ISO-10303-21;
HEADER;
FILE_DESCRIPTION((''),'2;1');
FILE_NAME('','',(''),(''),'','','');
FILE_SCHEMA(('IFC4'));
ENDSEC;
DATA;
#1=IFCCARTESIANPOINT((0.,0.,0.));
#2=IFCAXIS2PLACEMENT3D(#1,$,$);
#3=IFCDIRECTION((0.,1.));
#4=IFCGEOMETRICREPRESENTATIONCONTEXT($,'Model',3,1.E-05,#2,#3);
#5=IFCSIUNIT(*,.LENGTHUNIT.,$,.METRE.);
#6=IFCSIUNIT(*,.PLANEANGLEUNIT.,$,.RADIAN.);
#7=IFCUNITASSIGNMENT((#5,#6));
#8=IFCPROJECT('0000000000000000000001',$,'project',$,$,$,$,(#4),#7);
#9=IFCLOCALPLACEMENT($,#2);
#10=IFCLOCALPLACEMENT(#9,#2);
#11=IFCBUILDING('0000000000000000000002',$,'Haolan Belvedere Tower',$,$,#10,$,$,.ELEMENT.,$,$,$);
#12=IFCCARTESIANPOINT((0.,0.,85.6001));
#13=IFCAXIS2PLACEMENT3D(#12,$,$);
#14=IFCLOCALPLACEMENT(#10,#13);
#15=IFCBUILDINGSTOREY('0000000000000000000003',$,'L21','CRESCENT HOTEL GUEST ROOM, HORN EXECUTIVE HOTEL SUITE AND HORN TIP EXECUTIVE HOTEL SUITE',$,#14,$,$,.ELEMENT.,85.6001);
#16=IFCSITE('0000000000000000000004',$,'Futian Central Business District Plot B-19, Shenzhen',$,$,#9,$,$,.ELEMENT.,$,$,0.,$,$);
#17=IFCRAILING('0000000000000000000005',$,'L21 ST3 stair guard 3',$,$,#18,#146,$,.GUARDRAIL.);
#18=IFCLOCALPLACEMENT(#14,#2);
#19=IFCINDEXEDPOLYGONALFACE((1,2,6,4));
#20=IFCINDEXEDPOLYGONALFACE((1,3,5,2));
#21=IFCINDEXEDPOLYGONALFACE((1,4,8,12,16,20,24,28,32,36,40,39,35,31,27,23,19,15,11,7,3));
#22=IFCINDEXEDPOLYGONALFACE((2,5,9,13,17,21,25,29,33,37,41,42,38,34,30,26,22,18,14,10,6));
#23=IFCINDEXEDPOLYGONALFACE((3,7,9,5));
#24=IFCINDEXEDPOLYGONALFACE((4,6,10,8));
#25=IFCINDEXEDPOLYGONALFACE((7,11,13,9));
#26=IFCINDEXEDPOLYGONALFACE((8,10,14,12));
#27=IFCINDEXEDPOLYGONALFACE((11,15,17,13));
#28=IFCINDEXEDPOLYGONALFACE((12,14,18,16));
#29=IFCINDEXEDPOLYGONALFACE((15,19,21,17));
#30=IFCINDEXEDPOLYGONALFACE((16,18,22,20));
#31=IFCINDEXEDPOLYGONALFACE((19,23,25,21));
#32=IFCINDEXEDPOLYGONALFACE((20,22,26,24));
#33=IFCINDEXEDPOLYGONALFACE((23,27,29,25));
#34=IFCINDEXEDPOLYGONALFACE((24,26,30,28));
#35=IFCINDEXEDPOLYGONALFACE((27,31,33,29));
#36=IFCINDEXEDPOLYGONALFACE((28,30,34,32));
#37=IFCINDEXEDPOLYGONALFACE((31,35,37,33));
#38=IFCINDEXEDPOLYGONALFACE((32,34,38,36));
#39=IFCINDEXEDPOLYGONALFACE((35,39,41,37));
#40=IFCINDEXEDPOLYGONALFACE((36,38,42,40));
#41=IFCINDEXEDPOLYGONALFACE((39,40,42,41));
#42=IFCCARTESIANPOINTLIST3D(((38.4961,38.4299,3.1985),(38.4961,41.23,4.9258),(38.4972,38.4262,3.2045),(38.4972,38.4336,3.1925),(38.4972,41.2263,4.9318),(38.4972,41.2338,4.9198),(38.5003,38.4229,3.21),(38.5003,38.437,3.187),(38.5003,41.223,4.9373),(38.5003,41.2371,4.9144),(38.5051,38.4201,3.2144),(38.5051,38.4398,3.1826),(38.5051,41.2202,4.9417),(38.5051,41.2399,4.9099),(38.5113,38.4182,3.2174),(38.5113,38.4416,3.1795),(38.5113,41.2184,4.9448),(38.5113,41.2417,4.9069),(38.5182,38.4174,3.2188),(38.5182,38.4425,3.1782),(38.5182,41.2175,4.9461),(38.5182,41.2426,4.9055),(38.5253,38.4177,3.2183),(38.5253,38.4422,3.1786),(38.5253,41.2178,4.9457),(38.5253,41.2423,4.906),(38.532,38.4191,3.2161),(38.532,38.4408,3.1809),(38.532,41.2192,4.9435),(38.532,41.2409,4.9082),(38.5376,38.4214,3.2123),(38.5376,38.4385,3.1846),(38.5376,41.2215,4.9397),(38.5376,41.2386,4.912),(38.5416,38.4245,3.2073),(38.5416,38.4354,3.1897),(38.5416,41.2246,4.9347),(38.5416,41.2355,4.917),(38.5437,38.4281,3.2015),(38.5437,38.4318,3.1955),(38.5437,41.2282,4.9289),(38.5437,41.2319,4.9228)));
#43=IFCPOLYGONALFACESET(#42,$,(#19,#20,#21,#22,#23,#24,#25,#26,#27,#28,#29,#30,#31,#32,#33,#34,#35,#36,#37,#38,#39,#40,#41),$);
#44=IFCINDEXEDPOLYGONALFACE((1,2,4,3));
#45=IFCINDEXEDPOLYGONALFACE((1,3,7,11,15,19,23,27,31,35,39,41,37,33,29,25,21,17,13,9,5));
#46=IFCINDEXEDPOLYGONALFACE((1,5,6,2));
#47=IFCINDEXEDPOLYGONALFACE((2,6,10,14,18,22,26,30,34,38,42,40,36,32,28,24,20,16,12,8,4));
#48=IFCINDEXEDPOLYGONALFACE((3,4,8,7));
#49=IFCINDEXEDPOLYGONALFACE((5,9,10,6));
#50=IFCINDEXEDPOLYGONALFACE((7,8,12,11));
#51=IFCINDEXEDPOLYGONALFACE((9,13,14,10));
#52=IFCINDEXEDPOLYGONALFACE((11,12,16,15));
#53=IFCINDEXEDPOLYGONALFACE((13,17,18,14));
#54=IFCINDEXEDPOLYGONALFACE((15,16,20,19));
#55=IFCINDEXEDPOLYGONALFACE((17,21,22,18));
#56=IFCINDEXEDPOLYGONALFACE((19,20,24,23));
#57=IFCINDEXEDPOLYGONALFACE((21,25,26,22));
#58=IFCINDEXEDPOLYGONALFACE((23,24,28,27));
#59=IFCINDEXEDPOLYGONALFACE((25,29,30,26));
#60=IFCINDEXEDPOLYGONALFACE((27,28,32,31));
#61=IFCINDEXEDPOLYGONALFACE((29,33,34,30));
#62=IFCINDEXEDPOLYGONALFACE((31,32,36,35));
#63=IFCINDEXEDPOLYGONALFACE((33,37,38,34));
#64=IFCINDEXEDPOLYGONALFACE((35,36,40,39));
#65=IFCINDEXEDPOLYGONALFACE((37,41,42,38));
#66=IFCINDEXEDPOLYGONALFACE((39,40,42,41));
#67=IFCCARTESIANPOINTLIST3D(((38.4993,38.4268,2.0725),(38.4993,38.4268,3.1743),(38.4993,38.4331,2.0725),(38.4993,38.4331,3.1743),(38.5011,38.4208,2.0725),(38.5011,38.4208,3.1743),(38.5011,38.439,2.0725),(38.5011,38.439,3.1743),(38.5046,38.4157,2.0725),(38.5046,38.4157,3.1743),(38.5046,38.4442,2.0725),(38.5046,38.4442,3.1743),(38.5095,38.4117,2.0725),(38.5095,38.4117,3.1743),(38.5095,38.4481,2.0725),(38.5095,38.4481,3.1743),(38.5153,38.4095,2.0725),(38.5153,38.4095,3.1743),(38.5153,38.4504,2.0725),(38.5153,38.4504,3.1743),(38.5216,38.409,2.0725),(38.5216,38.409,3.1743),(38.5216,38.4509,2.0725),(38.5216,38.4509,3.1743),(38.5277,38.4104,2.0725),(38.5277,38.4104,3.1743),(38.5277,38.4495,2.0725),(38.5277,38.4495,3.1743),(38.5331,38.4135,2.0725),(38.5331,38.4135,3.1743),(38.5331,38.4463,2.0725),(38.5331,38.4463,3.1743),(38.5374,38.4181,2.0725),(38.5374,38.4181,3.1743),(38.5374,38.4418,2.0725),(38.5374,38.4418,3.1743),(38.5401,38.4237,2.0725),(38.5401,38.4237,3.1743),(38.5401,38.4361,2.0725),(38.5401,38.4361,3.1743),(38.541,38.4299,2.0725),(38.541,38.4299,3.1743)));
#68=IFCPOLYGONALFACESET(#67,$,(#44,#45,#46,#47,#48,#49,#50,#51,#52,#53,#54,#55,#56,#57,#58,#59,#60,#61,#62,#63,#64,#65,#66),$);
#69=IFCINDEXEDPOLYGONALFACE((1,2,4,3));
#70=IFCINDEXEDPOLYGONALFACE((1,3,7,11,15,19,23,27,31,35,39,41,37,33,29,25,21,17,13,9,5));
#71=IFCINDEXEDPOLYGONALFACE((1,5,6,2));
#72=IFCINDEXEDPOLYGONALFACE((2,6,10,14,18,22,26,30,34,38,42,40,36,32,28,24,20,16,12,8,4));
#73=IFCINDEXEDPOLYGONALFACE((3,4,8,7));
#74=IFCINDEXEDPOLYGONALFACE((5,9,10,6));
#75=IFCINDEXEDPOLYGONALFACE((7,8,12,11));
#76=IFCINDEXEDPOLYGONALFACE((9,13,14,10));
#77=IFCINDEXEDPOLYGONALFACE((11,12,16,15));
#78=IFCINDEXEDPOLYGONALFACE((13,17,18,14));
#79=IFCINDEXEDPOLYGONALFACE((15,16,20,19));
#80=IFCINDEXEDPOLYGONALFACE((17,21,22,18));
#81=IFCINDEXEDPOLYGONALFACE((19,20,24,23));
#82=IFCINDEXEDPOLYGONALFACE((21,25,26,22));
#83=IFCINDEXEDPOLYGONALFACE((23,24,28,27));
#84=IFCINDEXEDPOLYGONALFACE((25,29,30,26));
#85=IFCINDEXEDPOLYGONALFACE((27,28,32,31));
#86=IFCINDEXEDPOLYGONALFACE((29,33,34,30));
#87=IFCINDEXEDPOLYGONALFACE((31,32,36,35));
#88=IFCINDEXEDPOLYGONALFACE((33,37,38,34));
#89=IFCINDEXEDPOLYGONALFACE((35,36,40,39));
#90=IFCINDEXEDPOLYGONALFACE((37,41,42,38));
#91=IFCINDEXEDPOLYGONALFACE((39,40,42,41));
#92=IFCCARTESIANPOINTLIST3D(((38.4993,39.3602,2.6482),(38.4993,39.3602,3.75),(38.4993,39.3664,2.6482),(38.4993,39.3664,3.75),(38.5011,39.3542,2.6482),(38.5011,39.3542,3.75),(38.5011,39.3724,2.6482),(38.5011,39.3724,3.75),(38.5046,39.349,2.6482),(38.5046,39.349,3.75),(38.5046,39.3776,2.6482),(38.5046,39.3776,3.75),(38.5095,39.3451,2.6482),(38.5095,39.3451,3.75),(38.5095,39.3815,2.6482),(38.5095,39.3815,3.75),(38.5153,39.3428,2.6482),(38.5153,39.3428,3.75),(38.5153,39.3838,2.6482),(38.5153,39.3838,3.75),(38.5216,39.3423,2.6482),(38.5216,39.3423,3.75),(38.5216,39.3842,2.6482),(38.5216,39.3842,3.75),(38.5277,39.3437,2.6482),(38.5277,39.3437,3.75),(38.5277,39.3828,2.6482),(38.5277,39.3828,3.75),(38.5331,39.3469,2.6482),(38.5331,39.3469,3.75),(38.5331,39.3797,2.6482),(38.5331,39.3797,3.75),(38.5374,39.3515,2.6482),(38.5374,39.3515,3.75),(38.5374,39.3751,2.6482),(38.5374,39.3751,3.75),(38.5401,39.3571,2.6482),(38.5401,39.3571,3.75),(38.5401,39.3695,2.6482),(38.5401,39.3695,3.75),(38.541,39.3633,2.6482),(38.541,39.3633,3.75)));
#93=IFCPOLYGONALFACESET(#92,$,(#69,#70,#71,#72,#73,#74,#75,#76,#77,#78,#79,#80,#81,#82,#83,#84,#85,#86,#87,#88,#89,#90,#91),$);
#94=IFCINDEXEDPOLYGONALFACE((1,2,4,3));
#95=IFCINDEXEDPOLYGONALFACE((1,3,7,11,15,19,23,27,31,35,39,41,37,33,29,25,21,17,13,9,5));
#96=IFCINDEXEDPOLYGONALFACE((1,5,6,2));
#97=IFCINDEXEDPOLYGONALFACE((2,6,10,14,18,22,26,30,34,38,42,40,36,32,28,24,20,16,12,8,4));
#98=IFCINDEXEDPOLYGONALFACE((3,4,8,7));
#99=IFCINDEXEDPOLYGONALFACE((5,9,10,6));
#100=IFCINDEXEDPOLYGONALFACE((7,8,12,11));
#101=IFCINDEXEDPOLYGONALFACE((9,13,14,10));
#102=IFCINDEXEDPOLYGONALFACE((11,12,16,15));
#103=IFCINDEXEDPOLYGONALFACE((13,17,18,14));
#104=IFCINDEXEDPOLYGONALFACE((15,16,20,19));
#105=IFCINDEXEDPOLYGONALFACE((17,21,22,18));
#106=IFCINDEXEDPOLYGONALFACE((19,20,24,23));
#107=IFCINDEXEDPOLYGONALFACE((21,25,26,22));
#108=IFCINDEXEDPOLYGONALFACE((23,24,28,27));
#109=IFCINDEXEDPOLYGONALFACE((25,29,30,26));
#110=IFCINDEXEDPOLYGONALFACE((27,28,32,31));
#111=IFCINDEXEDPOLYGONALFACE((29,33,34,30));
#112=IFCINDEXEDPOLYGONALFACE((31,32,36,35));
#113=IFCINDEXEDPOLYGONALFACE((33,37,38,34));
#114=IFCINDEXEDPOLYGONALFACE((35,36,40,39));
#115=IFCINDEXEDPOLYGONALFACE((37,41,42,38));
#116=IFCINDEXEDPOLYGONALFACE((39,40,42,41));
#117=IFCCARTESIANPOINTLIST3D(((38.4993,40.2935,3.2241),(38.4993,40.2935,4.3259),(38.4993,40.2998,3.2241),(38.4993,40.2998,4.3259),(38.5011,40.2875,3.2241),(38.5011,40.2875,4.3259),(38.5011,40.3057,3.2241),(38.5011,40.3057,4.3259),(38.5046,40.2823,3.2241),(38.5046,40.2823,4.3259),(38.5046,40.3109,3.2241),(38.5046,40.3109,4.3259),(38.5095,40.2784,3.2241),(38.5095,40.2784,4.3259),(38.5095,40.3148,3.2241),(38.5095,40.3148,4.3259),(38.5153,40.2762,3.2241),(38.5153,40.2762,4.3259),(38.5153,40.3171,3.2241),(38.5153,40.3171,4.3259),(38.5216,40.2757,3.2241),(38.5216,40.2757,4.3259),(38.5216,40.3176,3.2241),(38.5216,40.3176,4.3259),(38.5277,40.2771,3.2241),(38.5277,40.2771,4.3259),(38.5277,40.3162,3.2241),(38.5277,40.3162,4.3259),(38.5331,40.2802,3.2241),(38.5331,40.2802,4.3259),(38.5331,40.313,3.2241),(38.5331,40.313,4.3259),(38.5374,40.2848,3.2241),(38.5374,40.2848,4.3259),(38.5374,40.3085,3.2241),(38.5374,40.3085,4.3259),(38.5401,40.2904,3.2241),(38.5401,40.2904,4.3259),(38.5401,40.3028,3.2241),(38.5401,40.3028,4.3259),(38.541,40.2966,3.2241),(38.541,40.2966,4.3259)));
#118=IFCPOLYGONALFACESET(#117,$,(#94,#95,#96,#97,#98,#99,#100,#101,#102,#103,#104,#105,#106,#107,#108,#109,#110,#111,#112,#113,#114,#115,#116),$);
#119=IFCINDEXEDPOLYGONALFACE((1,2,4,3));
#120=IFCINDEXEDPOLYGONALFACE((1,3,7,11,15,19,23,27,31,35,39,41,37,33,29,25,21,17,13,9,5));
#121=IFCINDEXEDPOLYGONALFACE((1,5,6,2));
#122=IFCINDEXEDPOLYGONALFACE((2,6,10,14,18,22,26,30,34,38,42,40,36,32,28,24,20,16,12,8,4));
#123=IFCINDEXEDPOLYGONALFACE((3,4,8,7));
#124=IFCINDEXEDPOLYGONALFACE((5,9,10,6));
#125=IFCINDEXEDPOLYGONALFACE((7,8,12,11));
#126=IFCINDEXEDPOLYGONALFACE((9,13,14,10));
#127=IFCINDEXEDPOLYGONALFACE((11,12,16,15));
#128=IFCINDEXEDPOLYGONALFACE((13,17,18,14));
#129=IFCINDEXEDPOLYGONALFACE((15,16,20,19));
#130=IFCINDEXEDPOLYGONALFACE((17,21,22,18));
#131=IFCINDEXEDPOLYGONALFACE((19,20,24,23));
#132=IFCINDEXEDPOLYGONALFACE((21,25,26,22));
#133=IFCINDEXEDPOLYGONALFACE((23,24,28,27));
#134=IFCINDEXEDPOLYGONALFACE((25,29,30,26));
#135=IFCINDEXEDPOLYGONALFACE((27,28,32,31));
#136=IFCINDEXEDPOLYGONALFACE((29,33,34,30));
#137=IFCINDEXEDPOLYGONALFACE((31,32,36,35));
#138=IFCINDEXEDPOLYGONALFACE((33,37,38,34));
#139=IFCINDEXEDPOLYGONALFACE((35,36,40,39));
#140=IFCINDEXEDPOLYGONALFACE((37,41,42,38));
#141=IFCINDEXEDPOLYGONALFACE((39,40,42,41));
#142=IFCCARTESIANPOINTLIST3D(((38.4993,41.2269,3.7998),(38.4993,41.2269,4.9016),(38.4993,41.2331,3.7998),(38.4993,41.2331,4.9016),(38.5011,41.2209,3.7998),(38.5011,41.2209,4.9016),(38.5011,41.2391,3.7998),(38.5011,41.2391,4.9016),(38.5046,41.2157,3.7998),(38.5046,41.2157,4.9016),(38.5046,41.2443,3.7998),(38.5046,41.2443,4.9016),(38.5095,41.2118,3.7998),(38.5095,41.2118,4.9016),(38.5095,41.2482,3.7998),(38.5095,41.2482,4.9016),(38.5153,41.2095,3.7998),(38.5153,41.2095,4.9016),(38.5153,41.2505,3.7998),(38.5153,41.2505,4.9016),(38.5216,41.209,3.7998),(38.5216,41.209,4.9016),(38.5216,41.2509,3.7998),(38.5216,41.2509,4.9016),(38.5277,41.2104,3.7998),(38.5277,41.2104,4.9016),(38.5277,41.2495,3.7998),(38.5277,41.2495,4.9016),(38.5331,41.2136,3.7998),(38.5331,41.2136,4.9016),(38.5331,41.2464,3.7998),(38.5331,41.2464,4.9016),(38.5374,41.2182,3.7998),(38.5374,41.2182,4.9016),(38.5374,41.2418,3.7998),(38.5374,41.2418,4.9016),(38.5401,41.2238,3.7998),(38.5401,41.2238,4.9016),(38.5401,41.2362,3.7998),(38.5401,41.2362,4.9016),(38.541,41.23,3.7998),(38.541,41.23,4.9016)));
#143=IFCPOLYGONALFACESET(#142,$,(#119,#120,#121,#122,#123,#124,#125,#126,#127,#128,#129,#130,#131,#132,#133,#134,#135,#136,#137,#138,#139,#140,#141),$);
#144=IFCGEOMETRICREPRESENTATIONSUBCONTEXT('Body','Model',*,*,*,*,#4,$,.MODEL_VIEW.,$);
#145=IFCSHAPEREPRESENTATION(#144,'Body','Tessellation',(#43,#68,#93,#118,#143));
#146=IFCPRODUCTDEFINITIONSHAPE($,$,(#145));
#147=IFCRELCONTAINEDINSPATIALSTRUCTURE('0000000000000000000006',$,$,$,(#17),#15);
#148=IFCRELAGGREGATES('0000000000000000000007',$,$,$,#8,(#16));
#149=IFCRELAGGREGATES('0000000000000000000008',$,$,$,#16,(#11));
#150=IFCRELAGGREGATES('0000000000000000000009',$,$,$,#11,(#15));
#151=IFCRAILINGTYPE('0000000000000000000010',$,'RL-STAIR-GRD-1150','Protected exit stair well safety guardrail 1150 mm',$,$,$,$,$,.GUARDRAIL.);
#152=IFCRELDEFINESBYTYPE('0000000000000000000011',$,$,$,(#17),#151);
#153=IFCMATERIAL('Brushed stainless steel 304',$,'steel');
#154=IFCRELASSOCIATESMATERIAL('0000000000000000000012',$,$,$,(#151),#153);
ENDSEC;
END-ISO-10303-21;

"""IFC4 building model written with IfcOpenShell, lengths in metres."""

from ifc_helpers import new_model, si_unit, direction, frame, origin, origin_2d, place, context, subcontext, project, spatial, circle, extrude, material, type_object, element, save


model = new_model("IFC4")

# Units and contexts
model_context = context("Model", 3, precision=1e-05, world=origin(), true_north=direction((0.0, 1.0)))
body_context = subcontext(model_context, "Body", "Model", "MODEL_VIEW")
ifc_project = project(units=[si_unit("LENGTHUNIT", "METRE"), si_unit("PLANEANGLEUNIT", "RADIAN")], contexts=[model_context])

# Site, building, storey
site_placement = place(None, origin())
site = spatial("IfcSite", under=ifc_project, at=site_placement, Name="Futian Central Business District Plot B-19, Shenzhen", CompositionType="ELEMENT", RefElevation=0.0)
building_placement = place(site_placement, origin())
building = spatial("IfcBuilding", under=site, at=building_placement, Name="Haolan Belvedere Tower", CompositionType="ELEMENT")
storey_placement = place(building_placement, frame((0.0, 0.0, 85.6001)))
storey = spatial("IfcBuildingStorey", under=building, at=storey_placement, Name="L21", Description="CRESCENT HOTEL GUEST ROOM, HORN EXECUTIVE HOTEL SUITE AND HORN TIP EXECUTIVE HOTEL SUITE", CompositionType="ELEMENT", Elevation=85.6001)

# Railing
ifc_material_1 = material(Name="Brushed stainless steel 304", Category="steel")
railing_type_1 = type_object("IfcRailingType", Name="RL-STAIR-GRD-1150", Description="Protected exit stair well safety guardrail 1150 mm", PredefinedType="GUARDRAIL", material=ifc_material_1)
railing_1_placement = place(storey_placement, frame((38.52, 38.4299, 2.0725)))
element("IfcRailing", 1, at=railing_1_placement, inside=storey, type_object=railing_type_1, Name="L21 ST3 stair guard 3", PredefinedType="GUARDRAIL", context=body_context, shape_type="SweptSolid", body=[
    extrude(circle(Radius=0.0239, at=origin_2d()), frame((0.0, 0.0, 1.126), z_axis=(0.0, 0.85109, 0.52502), x_axis=(-1.0, 0.0, 0.0)), (0.0, 0.0, 1.0), 3.29),
    extrude(circle(Radius=0.021, at=origin_2d()), origin(), (0.0, 0.0, 1.0), 1.1018),
    extrude(circle(Radius=0.021, at=origin_2d()), frame((0.0, 0.9333, 0.5757)), (0.0, 0.0, 1.0), 1.1018),
    extrude(circle(Radius=0.021, at=origin_2d()), frame((0.0, 1.8667, 1.1516)), (0.0, 0.0, 1.0), 1.1018),
    extrude(circle(Radius=0.021, at=origin_2d()), frame((0.0, 2.8, 1.7273)), (0.0, 0.0, 1.0), 1.1018),
])

save(model, "model.ifc")
